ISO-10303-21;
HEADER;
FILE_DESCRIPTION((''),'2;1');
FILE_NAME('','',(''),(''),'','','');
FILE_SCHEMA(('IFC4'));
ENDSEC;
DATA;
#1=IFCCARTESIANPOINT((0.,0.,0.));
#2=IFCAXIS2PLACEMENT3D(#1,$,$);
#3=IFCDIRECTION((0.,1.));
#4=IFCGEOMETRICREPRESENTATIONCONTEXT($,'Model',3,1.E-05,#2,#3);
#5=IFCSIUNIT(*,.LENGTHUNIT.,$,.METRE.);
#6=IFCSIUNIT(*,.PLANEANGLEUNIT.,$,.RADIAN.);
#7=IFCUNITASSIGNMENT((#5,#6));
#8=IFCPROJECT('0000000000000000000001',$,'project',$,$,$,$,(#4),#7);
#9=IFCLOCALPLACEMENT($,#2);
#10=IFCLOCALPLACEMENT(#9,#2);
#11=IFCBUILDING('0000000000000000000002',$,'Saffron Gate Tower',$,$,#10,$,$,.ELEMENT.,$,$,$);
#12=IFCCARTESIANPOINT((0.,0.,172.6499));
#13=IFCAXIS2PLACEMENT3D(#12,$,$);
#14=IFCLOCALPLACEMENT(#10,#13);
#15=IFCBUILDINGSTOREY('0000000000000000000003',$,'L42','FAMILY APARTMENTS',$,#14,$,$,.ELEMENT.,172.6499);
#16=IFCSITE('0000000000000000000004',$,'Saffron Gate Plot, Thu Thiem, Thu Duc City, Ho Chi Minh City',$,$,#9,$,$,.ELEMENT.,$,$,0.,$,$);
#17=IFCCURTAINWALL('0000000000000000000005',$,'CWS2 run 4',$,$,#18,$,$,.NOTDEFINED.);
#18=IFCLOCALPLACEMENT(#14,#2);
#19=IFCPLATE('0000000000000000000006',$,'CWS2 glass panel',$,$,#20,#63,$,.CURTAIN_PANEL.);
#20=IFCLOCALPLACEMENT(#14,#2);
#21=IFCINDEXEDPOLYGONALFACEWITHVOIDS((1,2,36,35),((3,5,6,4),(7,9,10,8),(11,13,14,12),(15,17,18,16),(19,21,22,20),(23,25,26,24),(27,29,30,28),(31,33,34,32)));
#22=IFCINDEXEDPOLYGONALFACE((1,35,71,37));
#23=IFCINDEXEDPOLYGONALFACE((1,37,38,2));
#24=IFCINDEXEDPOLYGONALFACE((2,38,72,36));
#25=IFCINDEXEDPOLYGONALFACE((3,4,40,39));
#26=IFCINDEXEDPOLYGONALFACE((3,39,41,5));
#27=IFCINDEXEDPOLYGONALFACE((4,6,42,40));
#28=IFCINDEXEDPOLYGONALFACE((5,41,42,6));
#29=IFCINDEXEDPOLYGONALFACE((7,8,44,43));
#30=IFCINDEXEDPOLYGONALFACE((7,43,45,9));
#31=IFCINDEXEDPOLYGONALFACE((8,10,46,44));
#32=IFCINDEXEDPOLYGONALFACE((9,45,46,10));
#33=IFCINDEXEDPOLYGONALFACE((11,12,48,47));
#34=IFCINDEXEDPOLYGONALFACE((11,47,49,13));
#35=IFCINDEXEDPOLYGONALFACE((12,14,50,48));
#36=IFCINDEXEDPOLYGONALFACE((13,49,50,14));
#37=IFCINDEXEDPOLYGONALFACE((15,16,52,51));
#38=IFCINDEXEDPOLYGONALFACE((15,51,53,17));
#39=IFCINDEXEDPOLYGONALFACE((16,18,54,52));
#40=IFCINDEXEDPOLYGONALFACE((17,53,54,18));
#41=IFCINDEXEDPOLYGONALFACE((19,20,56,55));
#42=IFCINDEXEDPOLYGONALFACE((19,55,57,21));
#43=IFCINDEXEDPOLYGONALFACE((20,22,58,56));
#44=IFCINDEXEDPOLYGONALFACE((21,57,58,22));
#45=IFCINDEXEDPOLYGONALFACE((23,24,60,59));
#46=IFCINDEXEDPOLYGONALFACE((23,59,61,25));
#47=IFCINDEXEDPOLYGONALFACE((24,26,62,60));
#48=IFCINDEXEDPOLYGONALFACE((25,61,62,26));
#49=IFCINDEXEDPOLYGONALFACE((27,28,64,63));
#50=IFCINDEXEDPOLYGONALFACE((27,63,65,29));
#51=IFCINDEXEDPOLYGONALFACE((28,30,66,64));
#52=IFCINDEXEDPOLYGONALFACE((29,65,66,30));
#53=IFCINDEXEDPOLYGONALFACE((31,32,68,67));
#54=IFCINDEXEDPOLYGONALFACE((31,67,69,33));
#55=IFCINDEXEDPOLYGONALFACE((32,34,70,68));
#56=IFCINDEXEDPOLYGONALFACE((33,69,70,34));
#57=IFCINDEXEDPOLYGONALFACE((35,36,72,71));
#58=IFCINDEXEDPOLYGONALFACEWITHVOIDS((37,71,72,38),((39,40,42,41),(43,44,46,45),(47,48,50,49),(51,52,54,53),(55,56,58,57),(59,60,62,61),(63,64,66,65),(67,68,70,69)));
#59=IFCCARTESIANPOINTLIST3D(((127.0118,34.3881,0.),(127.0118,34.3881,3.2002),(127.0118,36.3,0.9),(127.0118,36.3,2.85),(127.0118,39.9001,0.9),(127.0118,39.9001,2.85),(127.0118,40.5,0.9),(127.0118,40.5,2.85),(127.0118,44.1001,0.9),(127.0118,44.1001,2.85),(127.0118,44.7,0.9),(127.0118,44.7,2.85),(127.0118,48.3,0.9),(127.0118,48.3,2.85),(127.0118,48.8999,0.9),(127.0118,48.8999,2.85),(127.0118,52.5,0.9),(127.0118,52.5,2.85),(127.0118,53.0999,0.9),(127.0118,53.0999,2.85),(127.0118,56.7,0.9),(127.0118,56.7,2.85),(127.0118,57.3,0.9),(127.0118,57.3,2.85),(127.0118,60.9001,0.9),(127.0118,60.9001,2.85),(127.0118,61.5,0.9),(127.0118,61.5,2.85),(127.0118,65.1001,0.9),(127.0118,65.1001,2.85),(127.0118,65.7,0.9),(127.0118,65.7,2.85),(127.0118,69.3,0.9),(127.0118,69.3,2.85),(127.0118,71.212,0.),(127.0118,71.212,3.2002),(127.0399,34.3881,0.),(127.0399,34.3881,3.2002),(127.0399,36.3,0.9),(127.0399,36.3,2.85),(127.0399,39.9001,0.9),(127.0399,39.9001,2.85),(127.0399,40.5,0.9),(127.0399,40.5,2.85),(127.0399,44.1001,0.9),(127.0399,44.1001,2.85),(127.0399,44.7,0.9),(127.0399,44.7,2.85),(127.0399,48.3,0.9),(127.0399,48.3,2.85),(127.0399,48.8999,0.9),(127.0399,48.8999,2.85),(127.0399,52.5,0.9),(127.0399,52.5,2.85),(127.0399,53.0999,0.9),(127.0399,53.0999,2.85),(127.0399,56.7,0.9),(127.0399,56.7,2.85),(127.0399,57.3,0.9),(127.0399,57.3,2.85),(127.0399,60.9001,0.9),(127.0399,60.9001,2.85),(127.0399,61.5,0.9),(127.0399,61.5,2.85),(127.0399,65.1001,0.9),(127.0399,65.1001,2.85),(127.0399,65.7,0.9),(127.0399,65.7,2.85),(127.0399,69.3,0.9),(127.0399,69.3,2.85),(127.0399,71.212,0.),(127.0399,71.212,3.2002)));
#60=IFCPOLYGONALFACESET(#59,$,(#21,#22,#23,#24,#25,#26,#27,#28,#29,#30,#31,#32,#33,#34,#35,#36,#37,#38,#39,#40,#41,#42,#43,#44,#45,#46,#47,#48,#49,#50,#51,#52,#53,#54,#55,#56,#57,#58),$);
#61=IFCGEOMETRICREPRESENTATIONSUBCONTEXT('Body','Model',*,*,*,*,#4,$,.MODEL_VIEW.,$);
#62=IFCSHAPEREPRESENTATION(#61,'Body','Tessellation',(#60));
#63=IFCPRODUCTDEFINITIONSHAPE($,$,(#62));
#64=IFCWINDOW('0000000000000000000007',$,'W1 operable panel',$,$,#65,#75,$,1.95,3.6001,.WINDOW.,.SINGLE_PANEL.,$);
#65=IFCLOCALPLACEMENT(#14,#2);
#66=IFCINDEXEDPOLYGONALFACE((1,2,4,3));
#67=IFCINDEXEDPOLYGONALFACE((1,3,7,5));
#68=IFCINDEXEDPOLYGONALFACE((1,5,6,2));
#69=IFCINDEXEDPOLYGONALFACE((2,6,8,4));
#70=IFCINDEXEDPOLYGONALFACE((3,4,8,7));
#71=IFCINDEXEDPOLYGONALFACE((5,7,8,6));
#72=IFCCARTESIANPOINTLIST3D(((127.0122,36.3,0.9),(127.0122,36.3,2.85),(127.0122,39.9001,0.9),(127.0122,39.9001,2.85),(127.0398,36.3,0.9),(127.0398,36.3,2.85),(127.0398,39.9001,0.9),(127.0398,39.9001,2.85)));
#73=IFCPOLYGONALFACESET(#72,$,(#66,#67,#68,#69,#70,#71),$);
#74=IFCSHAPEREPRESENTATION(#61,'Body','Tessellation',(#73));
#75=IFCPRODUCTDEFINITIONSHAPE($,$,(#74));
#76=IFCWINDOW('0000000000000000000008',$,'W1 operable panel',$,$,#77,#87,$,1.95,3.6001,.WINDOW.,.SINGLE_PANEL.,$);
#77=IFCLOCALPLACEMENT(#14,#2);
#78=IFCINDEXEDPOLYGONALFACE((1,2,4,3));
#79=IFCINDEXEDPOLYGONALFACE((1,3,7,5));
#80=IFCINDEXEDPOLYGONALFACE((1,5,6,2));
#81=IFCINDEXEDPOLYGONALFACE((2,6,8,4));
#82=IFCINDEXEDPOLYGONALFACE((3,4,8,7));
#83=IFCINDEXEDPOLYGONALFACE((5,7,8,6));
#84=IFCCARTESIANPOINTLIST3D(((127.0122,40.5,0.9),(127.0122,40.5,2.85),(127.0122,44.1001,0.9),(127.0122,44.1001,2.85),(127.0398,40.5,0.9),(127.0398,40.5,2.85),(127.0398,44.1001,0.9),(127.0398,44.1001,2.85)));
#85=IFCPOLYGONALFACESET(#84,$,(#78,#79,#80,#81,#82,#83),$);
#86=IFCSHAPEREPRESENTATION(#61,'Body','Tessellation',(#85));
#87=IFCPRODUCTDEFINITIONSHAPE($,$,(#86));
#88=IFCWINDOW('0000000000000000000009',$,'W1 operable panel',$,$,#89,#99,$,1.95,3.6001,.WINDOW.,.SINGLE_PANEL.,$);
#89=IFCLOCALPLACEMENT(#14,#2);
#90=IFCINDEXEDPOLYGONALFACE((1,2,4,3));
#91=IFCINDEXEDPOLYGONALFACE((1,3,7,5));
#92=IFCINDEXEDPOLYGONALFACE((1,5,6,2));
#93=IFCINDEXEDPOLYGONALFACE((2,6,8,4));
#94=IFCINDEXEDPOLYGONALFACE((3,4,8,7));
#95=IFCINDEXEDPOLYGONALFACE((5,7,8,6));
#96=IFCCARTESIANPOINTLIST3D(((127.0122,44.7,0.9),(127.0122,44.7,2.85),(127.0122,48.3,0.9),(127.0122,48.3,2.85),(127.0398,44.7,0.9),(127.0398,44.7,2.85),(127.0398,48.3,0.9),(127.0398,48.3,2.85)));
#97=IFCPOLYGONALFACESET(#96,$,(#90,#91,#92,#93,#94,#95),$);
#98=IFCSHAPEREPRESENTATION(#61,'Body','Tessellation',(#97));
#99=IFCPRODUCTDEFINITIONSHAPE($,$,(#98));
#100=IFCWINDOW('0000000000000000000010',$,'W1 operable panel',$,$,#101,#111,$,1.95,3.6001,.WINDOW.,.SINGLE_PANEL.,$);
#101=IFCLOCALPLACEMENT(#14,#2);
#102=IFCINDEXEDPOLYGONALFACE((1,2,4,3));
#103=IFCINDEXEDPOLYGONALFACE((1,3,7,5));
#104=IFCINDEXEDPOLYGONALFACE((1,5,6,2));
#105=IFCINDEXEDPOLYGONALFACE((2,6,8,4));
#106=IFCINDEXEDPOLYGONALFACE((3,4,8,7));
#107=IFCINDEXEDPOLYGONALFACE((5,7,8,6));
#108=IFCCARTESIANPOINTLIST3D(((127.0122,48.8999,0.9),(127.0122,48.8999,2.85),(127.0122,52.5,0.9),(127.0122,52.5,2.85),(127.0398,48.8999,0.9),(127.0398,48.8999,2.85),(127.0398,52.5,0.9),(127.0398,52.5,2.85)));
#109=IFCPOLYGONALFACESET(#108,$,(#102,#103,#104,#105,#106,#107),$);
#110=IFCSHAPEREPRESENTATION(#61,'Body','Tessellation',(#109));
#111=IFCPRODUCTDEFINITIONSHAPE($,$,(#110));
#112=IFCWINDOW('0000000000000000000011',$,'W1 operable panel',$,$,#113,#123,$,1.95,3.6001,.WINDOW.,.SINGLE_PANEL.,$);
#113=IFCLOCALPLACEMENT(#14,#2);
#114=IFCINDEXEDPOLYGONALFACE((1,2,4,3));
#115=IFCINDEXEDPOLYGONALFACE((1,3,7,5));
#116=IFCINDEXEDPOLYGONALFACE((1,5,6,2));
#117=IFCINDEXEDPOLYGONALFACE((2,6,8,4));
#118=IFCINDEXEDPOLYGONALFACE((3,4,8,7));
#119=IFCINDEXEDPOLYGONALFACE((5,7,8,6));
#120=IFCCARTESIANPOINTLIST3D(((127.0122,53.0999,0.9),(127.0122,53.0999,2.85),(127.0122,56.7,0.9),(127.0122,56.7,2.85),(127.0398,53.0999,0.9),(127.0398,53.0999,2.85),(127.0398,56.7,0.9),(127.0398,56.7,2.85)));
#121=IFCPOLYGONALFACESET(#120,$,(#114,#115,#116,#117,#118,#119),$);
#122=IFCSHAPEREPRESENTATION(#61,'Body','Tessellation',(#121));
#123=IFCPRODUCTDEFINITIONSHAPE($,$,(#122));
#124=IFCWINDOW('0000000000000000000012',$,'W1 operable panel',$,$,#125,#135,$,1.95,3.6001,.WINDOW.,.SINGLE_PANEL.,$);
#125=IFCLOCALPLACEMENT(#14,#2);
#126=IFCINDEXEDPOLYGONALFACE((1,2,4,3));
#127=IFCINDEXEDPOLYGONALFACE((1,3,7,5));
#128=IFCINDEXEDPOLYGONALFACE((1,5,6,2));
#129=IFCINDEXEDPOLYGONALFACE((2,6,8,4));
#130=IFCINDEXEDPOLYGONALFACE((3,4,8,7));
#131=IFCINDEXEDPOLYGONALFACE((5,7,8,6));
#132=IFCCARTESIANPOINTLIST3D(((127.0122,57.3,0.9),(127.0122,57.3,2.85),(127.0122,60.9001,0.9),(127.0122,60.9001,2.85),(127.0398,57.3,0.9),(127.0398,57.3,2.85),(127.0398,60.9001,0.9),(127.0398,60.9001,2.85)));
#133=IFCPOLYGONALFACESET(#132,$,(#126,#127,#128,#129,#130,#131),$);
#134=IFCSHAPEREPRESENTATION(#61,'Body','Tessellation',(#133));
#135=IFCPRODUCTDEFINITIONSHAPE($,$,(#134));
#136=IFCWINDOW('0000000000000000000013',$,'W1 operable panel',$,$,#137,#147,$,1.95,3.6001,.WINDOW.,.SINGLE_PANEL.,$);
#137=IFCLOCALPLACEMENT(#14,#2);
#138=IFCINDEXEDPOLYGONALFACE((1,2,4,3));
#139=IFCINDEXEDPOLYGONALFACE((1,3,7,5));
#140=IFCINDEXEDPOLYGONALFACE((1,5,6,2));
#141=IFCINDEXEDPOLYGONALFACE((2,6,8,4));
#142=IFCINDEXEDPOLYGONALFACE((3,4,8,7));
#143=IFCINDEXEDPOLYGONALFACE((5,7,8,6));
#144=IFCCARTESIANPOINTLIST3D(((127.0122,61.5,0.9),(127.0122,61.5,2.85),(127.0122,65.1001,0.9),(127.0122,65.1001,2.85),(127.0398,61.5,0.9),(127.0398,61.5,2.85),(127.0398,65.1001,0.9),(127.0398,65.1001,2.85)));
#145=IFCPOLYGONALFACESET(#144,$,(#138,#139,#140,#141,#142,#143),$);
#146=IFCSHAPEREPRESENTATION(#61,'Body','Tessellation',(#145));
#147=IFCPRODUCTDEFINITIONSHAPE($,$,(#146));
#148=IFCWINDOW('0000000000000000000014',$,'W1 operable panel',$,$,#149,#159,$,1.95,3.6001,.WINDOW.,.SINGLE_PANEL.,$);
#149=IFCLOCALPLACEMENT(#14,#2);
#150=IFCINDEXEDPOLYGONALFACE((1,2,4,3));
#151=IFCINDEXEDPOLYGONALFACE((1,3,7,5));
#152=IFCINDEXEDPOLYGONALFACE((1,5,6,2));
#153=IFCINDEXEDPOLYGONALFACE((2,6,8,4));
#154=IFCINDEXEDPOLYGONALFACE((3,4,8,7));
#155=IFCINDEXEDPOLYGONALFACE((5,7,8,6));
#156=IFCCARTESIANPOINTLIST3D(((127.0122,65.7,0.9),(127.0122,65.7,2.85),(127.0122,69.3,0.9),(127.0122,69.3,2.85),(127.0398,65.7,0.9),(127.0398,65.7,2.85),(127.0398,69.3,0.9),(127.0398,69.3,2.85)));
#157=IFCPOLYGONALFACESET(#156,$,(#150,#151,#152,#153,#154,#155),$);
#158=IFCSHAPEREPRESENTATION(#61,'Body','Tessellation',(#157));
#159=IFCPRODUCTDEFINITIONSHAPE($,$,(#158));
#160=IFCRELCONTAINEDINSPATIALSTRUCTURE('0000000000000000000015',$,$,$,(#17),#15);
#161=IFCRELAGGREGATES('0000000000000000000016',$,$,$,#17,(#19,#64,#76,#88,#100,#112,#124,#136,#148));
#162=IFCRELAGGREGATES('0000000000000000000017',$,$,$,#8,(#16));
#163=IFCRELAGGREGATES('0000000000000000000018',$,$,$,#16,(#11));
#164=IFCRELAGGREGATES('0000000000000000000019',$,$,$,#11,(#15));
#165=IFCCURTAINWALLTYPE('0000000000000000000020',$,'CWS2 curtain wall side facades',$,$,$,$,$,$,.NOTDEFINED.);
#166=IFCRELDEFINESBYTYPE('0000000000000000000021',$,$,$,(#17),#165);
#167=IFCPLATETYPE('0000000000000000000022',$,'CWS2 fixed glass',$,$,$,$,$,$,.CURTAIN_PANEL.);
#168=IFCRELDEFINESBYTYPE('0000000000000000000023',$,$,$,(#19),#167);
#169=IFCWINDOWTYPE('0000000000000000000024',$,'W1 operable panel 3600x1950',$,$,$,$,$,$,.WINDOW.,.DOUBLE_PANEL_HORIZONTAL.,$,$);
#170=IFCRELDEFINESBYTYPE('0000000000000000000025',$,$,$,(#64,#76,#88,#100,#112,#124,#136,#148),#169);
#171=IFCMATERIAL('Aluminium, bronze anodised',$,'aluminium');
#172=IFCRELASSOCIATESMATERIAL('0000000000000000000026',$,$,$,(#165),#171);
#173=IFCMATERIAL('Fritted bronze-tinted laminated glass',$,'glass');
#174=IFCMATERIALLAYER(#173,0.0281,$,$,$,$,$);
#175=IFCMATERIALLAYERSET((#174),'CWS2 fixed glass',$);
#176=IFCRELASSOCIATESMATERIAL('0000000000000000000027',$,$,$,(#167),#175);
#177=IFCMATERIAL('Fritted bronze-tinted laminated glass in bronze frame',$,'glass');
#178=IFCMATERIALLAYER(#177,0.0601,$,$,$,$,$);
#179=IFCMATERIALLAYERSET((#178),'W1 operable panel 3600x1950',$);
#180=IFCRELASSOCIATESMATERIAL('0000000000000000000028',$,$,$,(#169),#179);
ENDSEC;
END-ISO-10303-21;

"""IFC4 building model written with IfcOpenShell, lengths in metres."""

from ifc_helpers import new_model, si_unit, direction, frame, frame_2d, origin, place, context, subcontext, project, spatial, rectangle, extrude, material, layer, layer_set, type_object, element, fill, aggregate, save


model = new_model("IFC4")

# Units and contexts
model_context = context("Model", 3, precision=1e-05, world=origin(), true_north=direction((0.0, 1.0)))
body_context = subcontext(model_context, "Body", "Model", "MODEL_VIEW")
ifc_project = project(units=[si_unit("LENGTHUNIT", "METRE"), si_unit("PLANEANGLEUNIT", "RADIAN")], contexts=[model_context])

# Site, building, storey
site_placement = place(None, origin())
site = spatial("IfcSite", under=ifc_project, at=site_placement, Name="Saffron Gate Plot, Thu Thiem, Thu Duc City, Ho Chi Minh City", CompositionType="ELEMENT", RefElevation=0.0)
building_placement = place(site_placement, origin())
building = spatial("IfcBuilding", under=site, at=building_placement, Name="Saffron Gate Tower", CompositionType="ELEMENT")
storey_placement = place(building_placement, frame((0.0, 0.0, 172.6499)))
storey = spatial("IfcBuildingStorey", under=building, at=storey_placement, Name="L42", Description="FAMILY APARTMENTS", CompositionType="ELEMENT", Elevation=172.6499)

# Curtain wall
ifc_material_1 = material(Name="Aluminium, bronze anodised", Category="aluminium")
curtain_wall_type_1 = type_object("IfcCurtainWallType", Name="CWS2 curtain wall side facades", PredefinedType="NOTDEFINED", material=ifc_material_1)
curtain_wall_1_placement = place(storey_placement, origin())
curtain_wall_1 = element("IfcCurtainWall", 1, at=curtain_wall_1_placement, inside=storey, type_object=curtain_wall_type_1, Name="CWS2 run 4", PredefinedType="NOTDEFINED")

# Plate, openings, windows
ifc_material_2 = material(Name="Fritted bronze-tinted laminated glass", Category="glass")
ifc_layer_1 = layer(ifc_material_2, 0.0281)
ifc_layer_set_1 = layer_set([ifc_layer_1], Name="CWS2 fixed glass")
plate_type_1 = type_object("IfcPlateType", Name="CWS2 fixed glass", PredefinedType="CURTAIN_PANEL", material=ifc_layer_set_1)
plate_1_placement = place(storey_placement, frame((127.0259, 34.3879, 0.0), z_axis=(0.0, 0.0, 1.0), x_axis=(0.0, 1.0, 0.0)))
plate_1 = element("IfcPlate", 2, at=plate_1_placement, type_object=plate_type_1, Name="CWS2 glass panel", PredefinedType="CURTAIN_PANEL", context=body_context, shape_type="SweptSolid", body=[
    extrude(rectangle(XDim=36.824, YDim=0.0281, at=frame_2d((18.4121, 0.0))), origin(), (0.0, 0.0, 1.0), 3.2002),
])
opening_1_placement = place(plate_1_placement, frame((1.9121, 0.0, 0.8999)))
opening_1 = element("IfcOpeningElement", 3, at=opening_1_placement, cuts=plate_1, PredefinedType="OPENING", context=body_context, shape_type="SweptSolid", body=[
    extrude(rectangle(XDim=3.6001, YDim=1.95, at=frame_2d((1.8, 0.9751))), frame((0.0, 0.0239, 0.0), z_axis=(0.0, -1.0, 0.0), x_axis=(1.0, 0.0, 0.0)), (0.0, 0.0, 1.0), 0.0481),
])
opening_2_placement = place(plate_1_placement, frame((6.1121, 0.0, 0.8999)))
opening_2 = element("IfcOpeningElement", 4, at=opening_2_placement, cuts=plate_1, PredefinedType="OPENING", context=body_context, shape_type="SweptSolid", body=[
    extrude(rectangle(XDim=3.6001, YDim=1.95, at=frame_2d((1.8, 0.9751))), frame((0.0, 0.0239, 0.0), z_axis=(0.0, -1.0, 0.0), x_axis=(1.0, 0.0, 0.0)), (0.0, 0.0, 1.0), 0.0481),
])
opening_3_placement = place(plate_1_placement, frame((10.312, 0.0, 0.8999)))
opening_3 = element("IfcOpeningElement", 5, at=opening_3_placement, cuts=plate_1, PredefinedType="OPENING", context=body_context, shape_type="SweptSolid", body=[
    extrude(rectangle(XDim=3.6001, YDim=1.95, at=frame_2d((1.8, 0.9751))), frame((0.0, 0.0239, 0.0), z_axis=(0.0, -1.0, 0.0), x_axis=(1.0, 0.0, 0.0)), (0.0, 0.0, 1.0), 0.0481),
])
opening_4_placement = place(plate_1_placement, frame((14.512, 0.0, 0.8999)))
opening_4 = element("IfcOpeningElement", 6, at=opening_4_placement, cuts=plate_1, PredefinedType="OPENING", context=body_context, shape_type="SweptSolid", body=[
    extrude(rectangle(XDim=3.6001, YDim=1.95, at=frame_2d((1.8, 0.9751))), frame((0.0, 0.0239, 0.0), z_axis=(0.0, -1.0, 0.0), x_axis=(1.0, 0.0, 0.0)), (0.0, 0.0, 1.0), 0.0481),
])
opening_5_placement = place(plate_1_placement, frame((18.7119, 0.0, 0.8999)))
opening_5 = element("IfcOpeningElement", 7, at=opening_5_placement, cuts=plate_1, PredefinedType="OPENING", context=body_context, shape_type="SweptSolid", body=[
    extrude(rectangle(XDim=3.6001, YDim=1.95, at=frame_2d((1.8, 0.9751))), frame((0.0, 0.0239, 0.0), z_axis=(0.0, -1.0, 0.0), x_axis=(1.0, 0.0, 0.0)), (0.0, 0.0, 1.0), 0.0481),
])
opening_6_placement = place(plate_1_placement, frame((22.9121, 0.0, 0.8999)))
opening_6 = element("IfcOpeningElement", 8, at=opening_6_placement, cuts=plate_1, PredefinedType="OPENING", context=body_context, shape_type="SweptSolid", body=[
    extrude(rectangle(XDim=3.6001, YDim=1.95, at=frame_2d((1.8, 0.9751))), frame((0.0, 0.0239, 0.0), z_axis=(0.0, -1.0, 0.0), x_axis=(1.0, 0.0, 0.0)), (0.0, 0.0, 1.0), 0.0481),
])
opening_7_placement = place(plate_1_placement, frame((27.1121, 0.0, 0.8999)))
opening_7 = element("IfcOpeningElement", 9, at=opening_7_placement, cuts=plate_1, PredefinedType="OPENING", context=body_context, shape_type="SweptSolid", body=[
    extrude(rectangle(XDim=3.6001, YDim=1.95, at=frame_2d((1.8, 0.9751))), frame((0.0, 0.0239, 0.0), z_axis=(0.0, -1.0, 0.0), x_axis=(1.0, 0.0, 0.0)), (0.0, 0.0, 1.0), 0.0481),
])
opening_8_placement = place(plate_1_placement, frame((31.312, 0.0, 0.8999)))
opening_8 = element("IfcOpeningElement", 10, at=opening_8_placement, cuts=plate_1, PredefinedType="OPENING", context=body_context, shape_type="SweptSolid", body=[
    extrude(rectangle(XDim=3.6001, YDim=1.95, at=frame_2d((1.8, 0.9751))), frame((0.0, 0.0239, 0.0), z_axis=(0.0, -1.0, 0.0), x_axis=(1.0, 0.0, 0.0)), (0.0, 0.0, 1.0), 0.0481),
])
ifc_material_3 = material(Name="Fritted bronze-tinted laminated glass in bronze frame", Category="glass")
ifc_layer_2 = layer(ifc_material_3, 0.0601)
ifc_layer_set_2 = layer_set([ifc_layer_2], Name="W1 operable panel 3600x1950")
window_type = type_object("IfcWindowType", Name="W1 operable panel 3600x1950", PartitioningType="DOUBLE_PANEL_HORIZONTAL", PredefinedType="WINDOW", material=ifc_layer_set_2)
window_1_placement = place(opening_1_placement, origin())
window_1 = element("IfcWindow", 11, at=window_1_placement, type_object=window_type, Name="W1 operable panel", OverallHeight=1.95, OverallWidth=3.6001, PartitioningType="SINGLE_PANEL", PredefinedType="WINDOW", context=body_context, shape_type="SweptSolid", body=[
    extrude(rectangle(XDim=3.6001, YDim=1.95, at=frame_2d((1.8, 0.9751))), frame((0.0, 0.0137, 0.0), z_axis=(0.0, -1.0, 0.0), x_axis=(1.0, 0.0, 0.0)), (0.0, 0.0, 1.0), 0.0276),
])
fill(opening_1, window_1)
window_2_placement = place(opening_2_placement, origin())
window_2 = element("IfcWindow", 12, at=window_2_placement, type_object=window_type, Name="W1 operable panel", OverallHeight=1.95, OverallWidth=3.6001, PartitioningType="SINGLE_PANEL", PredefinedType="WINDOW", context=body_context, shape_type="SweptSolid", body=[
    extrude(rectangle(XDim=3.6001, YDim=1.95, at=frame_2d((1.8, 0.9751))), frame((0.0, 0.0137, 0.0), z_axis=(0.0, -1.0, 0.0), x_axis=(1.0, 0.0, 0.0)), (0.0, 0.0, 1.0), 0.0276),
])
fill(opening_2, window_2)
window_3_placement = place(opening_3_placement, origin())
window_3 = element("IfcWindow", 13, at=window_3_placement, type_object=window_type, Name="W1 operable panel", OverallHeight=1.95, OverallWidth=3.6001, PartitioningType="SINGLE_PANEL", PredefinedType="WINDOW", context=body_context, shape_type="SweptSolid", body=[
    extrude(rectangle(XDim=3.6001, YDim=1.95, at=frame_2d((1.8, 0.9751))), frame((0.0, 0.0137, 0.0), z_axis=(0.0, -1.0, 0.0), x_axis=(1.0, 0.0, 0.0)), (0.0, 0.0, 1.0), 0.0276),
])
fill(opening_3, window_3)
window_4_placement = place(opening_4_placement, origin())
window_4 = element("IfcWindow", 14, at=window_4_placement, type_object=window_type, Name="W1 operable panel", OverallHeight=1.95, OverallWidth=3.6001, PartitioningType="SINGLE_PANEL", PredefinedType="WINDOW", context=body_context, shape_type="SweptSolid", body=[
    extrude(rectangle(XDim=3.6001, YDim=1.95, at=frame_2d((1.8, 0.9751))), frame((0.0, 0.0137, 0.0), z_axis=(0.0, -1.0, 0.0), x_axis=(1.0, 0.0, 0.0)), (0.0, 0.0, 1.0), 0.0276),
])
fill(opening_4, window_4)
window_5_placement = place(opening_5_placement, origin())
window_5 = element("IfcWindow", 15, at=window_5_placement, type_object=window_type, Name="W1 operable panel", OverallHeight=1.95, OverallWidth=3.6001, PartitioningType="SINGLE_PANEL", PredefinedType="WINDOW", context=body_context, shape_type="SweptSolid", body=[
    extrude(rectangle(XDim=3.6001, YDim=1.95, at=frame_2d((1.8, 0.9751))), frame((0.0, 0.0137, 0.0), z_axis=(0.0, -1.0, 0.0), x_axis=(1.0, 0.0, 0.0)), (0.0, 0.0, 1.0), 0.0276),
])
fill(opening_5, window_5)
window_6_placement = place(opening_6_placement, origin())
window_6 = element("IfcWindow", 16, at=window_6_placement, type_object=window_type, Name="W1 operable panel", OverallHeight=1.95, OverallWidth=3.6001, PartitioningType="SINGLE_PANEL", PredefinedType="WINDOW", context=body_context, shape_type="SweptSolid", body=[
    extrude(rectangle(XDim=3.6001, YDim=1.95, at=frame_2d((1.8, 0.9751))), frame((0.0, 0.0137, 0.0), z_axis=(0.0, -1.0, 0.0), x_axis=(1.0, 0.0, 0.0)), (0.0, 0.0, 1.0), 0.0276),
])
fill(opening_6, window_6)
window_7_placement = place(opening_7_placement, origin())
window_7 = element("IfcWindow", 17, at=window_7_placement, type_object=window_type, Name="W1 operable panel", OverallHeight=1.95, OverallWidth=3.6001, PartitioningType="SINGLE_PANEL", PredefinedType="WINDOW", context=body_context, shape_type="SweptSolid", body=[
    extrude(rectangle(XDim=3.6001, YDim=1.95, at=frame_2d((1.8, 0.9751))), frame((0.0, 0.0137, 0.0), z_axis=(0.0, -1.0, 0.0), x_axis=(1.0, 0.0, 0.0)), (0.0, 0.0, 1.0), 0.0276),
])
fill(opening_7, window_7)
window_8_placement = place(opening_8_placement, origin())
window_8 = element("IfcWindow", 18, at=window_8_placement, type_object=window_type, Name="W1 operable panel", OverallHeight=1.95, OverallWidth=3.6001, PartitioningType="SINGLE_PANEL", PredefinedType="WINDOW", context=body_context, shape_type="SweptSolid", body=[
    extrude(rectangle(XDim=3.6001, YDim=1.95, at=frame_2d((1.8, 0.9751))), frame((0.0, 0.0137, 0.0), z_axis=(0.0, -1.0, 0.0), x_axis=(1.0, 0.0, 0.0)), (0.0, 0.0, 1.0), 0.0276),
])
fill(opening_8, window_8)
aggregate(curtain_wall_1, [plate_1, window_1, window_2, window_3, window_4, window_5, window_6, window_7, window_8])

save(model, "model.ifc")
